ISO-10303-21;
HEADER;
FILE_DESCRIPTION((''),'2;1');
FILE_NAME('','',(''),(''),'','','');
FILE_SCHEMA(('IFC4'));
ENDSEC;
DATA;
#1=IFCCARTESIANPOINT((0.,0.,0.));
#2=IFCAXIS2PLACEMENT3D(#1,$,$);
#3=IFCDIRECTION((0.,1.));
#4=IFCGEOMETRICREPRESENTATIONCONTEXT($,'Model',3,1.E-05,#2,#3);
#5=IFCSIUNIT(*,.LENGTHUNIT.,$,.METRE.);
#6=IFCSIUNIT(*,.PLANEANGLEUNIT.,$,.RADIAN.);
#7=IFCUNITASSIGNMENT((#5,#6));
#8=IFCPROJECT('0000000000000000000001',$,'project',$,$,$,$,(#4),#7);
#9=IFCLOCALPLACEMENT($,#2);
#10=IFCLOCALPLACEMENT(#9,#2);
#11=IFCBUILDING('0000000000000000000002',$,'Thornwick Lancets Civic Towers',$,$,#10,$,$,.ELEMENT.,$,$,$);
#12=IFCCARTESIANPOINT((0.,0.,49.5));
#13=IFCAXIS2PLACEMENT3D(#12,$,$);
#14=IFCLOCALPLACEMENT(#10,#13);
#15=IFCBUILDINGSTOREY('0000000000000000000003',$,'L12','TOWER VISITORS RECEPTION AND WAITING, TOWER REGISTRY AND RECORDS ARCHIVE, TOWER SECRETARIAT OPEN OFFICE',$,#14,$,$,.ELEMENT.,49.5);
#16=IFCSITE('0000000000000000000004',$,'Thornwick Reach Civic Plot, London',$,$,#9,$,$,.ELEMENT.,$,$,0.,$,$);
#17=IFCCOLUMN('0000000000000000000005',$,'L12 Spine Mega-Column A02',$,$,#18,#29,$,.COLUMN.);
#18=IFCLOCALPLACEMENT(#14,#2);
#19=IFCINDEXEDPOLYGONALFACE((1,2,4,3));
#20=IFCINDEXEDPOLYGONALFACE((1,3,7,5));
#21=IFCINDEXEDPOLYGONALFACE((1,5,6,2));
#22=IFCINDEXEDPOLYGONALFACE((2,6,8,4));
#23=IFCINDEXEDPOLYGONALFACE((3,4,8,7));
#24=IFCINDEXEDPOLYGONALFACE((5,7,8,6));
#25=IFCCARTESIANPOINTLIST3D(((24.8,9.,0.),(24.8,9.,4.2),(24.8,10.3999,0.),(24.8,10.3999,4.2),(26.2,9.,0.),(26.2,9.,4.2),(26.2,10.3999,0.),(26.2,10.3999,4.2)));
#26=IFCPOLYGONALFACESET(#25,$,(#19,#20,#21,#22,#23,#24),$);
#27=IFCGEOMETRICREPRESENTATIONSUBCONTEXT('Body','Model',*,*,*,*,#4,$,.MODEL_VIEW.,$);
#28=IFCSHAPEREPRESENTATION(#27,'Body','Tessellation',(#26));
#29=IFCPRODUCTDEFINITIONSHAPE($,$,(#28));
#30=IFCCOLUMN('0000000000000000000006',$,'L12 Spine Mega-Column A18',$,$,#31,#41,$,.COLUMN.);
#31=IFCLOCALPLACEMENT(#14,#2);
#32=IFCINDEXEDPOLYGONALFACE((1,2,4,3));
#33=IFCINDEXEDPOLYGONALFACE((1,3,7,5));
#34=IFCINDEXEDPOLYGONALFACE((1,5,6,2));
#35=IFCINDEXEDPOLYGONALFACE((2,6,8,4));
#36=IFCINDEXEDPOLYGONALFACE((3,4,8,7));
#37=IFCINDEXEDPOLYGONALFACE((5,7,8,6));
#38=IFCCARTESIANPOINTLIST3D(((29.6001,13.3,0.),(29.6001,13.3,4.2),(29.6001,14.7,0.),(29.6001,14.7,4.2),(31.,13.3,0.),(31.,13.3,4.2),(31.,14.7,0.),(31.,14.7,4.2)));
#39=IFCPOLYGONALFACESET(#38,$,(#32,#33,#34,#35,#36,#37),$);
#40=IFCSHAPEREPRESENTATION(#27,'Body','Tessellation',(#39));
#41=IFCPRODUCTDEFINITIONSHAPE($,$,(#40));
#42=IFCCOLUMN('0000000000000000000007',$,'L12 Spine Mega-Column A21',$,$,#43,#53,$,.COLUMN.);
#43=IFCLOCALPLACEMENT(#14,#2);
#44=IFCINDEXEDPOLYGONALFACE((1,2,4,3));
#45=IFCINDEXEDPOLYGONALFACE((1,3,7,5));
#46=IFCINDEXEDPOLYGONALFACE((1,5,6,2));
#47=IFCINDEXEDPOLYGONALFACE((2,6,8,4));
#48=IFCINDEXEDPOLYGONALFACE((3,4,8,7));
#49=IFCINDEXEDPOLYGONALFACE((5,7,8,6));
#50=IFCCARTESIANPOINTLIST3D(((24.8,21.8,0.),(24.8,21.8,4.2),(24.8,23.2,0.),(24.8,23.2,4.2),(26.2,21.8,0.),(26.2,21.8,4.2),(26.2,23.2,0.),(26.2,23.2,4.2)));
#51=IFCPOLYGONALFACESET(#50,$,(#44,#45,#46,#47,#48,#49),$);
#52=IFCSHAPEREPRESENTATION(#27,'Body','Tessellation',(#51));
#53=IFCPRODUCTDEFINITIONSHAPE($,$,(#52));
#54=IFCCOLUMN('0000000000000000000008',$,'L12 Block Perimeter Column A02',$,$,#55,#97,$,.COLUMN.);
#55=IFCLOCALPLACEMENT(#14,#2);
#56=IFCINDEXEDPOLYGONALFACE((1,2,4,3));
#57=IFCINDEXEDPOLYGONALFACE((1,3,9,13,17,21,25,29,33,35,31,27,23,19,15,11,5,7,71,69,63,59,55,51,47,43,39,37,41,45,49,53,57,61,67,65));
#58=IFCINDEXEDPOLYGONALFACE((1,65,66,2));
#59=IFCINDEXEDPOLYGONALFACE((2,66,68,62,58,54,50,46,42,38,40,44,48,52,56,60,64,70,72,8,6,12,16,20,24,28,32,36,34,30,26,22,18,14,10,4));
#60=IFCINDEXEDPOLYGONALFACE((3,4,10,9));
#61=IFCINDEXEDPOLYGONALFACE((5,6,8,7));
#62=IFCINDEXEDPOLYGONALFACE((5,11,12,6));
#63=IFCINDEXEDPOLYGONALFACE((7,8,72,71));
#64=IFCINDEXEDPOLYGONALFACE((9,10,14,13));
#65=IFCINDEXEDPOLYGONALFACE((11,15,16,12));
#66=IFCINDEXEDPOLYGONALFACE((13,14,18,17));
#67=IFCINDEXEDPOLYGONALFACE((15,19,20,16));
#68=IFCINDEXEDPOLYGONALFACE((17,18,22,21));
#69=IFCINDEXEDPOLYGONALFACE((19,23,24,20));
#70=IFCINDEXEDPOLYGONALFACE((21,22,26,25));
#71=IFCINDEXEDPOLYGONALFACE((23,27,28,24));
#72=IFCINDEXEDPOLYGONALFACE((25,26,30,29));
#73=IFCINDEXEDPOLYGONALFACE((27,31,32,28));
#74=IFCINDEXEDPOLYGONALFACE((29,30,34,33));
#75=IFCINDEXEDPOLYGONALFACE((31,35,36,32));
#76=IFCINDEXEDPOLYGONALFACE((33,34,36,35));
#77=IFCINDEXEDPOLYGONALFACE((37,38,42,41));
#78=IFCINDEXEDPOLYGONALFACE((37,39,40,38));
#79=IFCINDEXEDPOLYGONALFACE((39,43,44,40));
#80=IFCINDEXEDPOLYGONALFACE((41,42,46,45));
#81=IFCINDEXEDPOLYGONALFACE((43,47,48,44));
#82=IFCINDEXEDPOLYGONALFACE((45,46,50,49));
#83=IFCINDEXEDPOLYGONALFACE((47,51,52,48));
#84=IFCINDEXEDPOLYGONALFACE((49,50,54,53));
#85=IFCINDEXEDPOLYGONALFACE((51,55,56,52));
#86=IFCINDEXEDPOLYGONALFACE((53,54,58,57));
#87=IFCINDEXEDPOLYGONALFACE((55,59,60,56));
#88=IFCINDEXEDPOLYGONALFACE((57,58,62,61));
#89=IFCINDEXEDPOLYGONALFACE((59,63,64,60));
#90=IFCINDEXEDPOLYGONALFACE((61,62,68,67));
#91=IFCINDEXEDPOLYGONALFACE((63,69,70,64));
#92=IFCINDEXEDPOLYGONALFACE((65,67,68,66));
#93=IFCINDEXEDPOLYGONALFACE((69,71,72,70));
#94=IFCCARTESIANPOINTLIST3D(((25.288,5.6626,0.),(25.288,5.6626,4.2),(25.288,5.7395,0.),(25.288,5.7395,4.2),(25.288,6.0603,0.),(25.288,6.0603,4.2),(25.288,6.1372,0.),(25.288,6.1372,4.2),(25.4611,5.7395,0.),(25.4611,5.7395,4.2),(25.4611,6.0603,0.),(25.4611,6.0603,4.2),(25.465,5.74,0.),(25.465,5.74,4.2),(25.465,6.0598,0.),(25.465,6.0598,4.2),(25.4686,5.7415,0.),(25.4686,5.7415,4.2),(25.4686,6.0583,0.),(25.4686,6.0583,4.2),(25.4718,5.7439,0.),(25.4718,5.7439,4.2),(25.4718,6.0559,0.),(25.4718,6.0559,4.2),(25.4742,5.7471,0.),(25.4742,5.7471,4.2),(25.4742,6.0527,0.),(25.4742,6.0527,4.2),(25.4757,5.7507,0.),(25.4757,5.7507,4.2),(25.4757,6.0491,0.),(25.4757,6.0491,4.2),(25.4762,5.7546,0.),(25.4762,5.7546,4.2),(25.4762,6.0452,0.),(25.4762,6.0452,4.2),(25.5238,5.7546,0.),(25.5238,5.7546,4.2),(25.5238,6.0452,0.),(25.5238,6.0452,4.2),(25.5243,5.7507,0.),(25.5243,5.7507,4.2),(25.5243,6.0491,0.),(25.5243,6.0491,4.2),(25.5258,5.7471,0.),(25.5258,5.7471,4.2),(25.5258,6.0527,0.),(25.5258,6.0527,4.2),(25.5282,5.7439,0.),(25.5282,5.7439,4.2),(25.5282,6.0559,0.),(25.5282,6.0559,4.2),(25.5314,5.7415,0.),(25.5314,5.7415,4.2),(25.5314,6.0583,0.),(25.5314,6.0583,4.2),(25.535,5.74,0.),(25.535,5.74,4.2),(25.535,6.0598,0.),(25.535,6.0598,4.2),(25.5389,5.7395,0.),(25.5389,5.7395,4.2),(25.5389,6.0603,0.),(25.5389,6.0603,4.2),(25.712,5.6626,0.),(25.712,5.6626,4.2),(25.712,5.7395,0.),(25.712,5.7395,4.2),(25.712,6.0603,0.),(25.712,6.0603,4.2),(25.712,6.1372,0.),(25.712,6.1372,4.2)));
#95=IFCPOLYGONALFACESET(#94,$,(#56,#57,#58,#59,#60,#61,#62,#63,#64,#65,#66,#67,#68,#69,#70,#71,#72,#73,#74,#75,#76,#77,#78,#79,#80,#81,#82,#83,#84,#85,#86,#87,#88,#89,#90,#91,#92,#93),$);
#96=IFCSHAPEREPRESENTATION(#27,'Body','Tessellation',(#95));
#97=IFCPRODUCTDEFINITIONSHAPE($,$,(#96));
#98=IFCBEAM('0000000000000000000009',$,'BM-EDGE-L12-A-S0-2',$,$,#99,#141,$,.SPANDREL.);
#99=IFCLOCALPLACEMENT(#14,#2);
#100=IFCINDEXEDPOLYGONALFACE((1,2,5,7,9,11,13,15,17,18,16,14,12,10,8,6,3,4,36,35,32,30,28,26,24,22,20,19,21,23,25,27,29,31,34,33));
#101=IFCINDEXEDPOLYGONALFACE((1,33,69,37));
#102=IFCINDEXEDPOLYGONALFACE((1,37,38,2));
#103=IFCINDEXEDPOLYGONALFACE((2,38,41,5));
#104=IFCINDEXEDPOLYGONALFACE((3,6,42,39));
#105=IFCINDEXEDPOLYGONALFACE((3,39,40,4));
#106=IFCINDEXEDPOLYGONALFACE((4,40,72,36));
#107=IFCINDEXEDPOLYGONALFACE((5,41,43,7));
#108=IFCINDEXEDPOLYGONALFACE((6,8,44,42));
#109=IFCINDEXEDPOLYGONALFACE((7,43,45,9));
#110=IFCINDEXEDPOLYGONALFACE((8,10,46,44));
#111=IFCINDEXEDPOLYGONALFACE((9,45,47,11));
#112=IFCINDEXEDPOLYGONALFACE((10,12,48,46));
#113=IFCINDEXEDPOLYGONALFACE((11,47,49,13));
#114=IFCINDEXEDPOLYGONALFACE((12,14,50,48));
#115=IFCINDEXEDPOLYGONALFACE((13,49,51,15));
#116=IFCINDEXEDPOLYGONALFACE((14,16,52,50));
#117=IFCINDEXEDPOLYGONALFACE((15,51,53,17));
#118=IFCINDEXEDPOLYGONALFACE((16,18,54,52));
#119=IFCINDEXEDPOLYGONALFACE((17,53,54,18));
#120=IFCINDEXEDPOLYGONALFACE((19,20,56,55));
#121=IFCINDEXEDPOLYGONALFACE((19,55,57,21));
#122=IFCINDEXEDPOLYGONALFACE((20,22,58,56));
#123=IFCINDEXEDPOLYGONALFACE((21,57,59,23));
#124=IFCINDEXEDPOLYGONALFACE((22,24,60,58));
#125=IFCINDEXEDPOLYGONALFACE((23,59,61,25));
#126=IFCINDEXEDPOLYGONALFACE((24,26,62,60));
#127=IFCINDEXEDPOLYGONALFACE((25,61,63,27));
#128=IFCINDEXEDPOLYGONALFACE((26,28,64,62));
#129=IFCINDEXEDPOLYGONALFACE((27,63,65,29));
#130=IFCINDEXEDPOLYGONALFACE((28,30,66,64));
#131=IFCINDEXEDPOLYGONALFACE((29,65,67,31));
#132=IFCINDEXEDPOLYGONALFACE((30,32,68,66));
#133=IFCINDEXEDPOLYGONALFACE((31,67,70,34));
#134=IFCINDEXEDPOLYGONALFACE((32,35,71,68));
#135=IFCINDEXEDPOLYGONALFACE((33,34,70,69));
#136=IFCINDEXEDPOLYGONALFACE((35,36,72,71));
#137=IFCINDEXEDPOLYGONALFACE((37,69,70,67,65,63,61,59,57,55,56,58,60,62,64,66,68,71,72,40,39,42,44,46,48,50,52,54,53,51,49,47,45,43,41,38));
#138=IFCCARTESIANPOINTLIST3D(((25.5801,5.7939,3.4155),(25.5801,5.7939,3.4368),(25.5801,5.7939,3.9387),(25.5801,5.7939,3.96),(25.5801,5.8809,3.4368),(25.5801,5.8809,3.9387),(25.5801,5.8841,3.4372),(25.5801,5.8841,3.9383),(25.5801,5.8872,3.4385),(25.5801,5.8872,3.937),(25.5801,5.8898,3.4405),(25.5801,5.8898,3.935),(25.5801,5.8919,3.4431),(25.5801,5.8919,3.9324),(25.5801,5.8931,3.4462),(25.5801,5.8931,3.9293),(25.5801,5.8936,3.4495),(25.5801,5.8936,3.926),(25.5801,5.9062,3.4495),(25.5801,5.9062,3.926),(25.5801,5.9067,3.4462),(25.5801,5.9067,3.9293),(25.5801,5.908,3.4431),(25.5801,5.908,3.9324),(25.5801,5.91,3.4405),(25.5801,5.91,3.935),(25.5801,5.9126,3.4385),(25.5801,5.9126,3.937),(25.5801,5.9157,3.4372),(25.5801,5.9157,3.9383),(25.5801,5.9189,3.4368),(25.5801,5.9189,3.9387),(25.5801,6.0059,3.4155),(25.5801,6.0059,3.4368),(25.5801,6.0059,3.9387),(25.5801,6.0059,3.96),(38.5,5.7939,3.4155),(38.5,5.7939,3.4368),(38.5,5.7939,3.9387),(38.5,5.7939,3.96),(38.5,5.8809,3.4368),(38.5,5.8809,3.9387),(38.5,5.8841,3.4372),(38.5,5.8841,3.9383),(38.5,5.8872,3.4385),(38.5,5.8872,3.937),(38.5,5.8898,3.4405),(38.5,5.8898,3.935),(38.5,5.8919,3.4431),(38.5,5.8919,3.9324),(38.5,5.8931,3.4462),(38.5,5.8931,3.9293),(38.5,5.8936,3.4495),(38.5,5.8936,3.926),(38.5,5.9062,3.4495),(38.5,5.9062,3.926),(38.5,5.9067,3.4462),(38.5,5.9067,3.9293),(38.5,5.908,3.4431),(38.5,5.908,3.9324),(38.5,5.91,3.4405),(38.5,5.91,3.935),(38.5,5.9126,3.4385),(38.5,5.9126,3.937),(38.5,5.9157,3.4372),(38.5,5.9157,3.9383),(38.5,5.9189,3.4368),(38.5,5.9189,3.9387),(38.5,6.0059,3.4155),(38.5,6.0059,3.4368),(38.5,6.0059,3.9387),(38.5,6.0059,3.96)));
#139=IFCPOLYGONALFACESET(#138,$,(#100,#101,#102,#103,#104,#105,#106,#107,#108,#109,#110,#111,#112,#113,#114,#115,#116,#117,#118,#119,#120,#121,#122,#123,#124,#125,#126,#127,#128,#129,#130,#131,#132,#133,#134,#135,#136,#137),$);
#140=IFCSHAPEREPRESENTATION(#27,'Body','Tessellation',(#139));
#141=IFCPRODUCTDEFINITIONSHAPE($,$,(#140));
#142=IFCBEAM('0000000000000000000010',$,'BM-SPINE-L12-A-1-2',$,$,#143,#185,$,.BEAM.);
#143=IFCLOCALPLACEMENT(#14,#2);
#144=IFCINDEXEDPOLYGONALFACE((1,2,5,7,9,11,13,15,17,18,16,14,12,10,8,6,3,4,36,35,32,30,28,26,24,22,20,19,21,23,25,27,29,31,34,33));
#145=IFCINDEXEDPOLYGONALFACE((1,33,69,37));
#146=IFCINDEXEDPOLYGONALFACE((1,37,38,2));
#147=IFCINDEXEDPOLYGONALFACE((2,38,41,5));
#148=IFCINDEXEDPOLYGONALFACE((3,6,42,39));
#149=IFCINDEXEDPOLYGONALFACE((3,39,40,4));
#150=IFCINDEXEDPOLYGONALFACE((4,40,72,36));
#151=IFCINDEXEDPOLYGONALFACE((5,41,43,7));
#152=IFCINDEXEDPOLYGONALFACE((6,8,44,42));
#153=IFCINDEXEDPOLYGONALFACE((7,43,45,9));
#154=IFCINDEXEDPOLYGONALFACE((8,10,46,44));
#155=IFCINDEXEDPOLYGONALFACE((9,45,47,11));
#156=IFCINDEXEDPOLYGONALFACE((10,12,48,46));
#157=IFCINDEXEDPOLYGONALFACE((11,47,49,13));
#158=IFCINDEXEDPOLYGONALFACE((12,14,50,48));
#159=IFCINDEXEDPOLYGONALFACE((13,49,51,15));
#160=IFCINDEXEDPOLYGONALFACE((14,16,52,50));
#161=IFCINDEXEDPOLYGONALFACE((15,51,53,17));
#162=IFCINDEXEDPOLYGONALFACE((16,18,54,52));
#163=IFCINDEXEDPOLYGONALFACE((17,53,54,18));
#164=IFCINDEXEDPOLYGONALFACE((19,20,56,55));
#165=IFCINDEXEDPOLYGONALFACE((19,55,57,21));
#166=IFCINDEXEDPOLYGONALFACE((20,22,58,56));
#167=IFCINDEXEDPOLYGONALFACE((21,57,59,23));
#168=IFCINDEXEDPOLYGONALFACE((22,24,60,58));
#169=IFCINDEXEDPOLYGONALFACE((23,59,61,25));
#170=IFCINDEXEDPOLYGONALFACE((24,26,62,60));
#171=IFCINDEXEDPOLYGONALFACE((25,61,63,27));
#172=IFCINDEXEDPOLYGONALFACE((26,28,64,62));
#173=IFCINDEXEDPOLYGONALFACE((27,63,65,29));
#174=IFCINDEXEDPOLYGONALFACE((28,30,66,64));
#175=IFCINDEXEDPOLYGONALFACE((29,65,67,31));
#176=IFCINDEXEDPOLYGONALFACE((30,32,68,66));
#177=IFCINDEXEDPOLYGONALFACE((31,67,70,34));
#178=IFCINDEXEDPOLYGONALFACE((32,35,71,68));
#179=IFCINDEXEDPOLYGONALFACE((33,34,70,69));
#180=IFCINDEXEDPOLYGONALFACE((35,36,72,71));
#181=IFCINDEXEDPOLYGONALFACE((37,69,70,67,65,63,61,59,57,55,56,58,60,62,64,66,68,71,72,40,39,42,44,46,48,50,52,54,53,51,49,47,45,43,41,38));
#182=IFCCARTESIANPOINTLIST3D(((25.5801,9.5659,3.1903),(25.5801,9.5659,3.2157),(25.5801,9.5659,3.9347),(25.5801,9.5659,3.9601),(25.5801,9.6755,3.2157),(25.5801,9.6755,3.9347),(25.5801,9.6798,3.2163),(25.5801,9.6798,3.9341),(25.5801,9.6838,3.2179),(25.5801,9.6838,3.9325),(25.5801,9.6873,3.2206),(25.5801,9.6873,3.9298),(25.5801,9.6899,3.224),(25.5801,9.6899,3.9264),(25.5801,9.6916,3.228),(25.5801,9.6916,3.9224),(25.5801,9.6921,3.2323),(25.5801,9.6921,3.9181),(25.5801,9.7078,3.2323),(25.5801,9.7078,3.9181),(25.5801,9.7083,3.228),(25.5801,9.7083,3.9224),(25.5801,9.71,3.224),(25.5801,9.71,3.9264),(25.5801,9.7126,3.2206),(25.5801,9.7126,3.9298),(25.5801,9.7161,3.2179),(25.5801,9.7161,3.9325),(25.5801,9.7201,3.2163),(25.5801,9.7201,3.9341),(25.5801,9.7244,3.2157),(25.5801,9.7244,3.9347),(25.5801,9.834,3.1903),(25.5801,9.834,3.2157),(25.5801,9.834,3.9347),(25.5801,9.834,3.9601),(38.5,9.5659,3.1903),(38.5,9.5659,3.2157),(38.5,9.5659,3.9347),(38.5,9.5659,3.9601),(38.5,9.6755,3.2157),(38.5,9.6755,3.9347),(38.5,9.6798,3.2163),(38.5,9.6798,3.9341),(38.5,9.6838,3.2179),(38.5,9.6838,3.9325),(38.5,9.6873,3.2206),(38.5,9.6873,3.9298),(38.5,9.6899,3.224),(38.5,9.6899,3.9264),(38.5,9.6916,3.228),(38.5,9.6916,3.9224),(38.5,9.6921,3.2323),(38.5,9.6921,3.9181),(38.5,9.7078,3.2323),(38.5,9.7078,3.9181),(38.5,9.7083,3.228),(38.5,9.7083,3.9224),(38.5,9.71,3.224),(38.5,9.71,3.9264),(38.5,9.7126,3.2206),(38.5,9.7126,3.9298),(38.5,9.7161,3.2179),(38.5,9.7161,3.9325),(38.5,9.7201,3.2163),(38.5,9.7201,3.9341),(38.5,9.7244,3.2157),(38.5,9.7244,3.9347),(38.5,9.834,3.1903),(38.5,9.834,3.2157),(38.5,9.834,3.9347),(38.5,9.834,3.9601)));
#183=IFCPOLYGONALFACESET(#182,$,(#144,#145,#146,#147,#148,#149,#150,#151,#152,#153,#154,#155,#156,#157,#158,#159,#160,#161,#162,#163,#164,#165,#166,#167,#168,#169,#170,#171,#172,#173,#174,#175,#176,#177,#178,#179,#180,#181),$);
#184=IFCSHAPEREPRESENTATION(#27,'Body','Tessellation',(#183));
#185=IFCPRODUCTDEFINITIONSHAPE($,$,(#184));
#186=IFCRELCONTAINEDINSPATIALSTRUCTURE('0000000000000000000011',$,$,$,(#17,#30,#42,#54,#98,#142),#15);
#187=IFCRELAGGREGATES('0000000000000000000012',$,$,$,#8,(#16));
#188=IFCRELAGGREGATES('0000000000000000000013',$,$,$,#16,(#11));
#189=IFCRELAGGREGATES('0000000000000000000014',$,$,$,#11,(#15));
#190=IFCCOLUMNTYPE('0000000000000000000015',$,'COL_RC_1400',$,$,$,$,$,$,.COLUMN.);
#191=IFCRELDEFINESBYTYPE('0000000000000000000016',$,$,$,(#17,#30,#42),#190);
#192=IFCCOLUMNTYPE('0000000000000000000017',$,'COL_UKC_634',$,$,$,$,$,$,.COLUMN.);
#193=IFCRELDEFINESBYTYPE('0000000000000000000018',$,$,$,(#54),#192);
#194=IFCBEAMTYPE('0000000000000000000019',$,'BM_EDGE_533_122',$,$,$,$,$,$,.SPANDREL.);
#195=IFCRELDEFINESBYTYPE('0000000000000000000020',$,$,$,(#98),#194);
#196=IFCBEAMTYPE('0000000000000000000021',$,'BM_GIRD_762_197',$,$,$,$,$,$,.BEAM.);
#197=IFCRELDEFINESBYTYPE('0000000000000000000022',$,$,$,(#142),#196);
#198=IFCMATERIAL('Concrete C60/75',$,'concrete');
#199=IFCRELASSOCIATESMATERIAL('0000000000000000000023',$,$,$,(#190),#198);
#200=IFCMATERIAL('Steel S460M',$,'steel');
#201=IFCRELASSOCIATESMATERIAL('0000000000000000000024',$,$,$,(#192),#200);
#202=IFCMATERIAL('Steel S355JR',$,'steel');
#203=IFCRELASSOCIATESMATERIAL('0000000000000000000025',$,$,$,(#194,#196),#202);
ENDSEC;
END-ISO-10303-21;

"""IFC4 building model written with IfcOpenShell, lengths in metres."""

from ifc_helpers import new_model, si_unit, direction, frame, origin, origin_2d, place, context, subcontext, project, spatial, rectangle, i_section, extrude, material, material_profile, profile_set, type_object, element, save


model = new_model("IFC4")

# Units and contexts
model_context = context("Model", 3, precision=1e-05, world=origin(), true_north=direction((0.0, 1.0)))
body_context = subcontext(model_context, "Body", "Model", "MODEL_VIEW")
ifc_project = project(units=[si_unit("LENGTHUNIT", "METRE"), si_unit("PLANEANGLEUNIT", "RADIAN")], contexts=[model_context])

# Site, building, storey
site_placement = place(None, origin())
site = spatial("IfcSite", under=ifc_project, at=site_placement, Name="Thornwick Reach Civic Plot, London", CompositionType="ELEMENT", RefElevation=0.0)
building_placement = place(site_placement, origin())
building = spatial("IfcBuilding", under=site, at=building_placement, Name="Thornwick Lancets Civic Towers", CompositionType="ELEMENT")
storey_placement = place(building_placement, frame((0.0, 0.0, 49.5)))
storey = spatial("IfcBuildingStorey", under=building, at=storey_placement, Name="L12", Description="TOWER VISITORS RECEPTION AND WAITING, TOWER REGISTRY AND RECORDS ARCHIVE, TOWER SECRETARIAT OPEN OFFICE", CompositionType="ELEMENT", Elevation=49.5)

# Columns
ifc_material_1 = material(Name="Concrete C60/75", Category="concrete")
ifc_material_profile_1 = material_profile(ifc_material_1, rectangle(XDim=1.3999, YDim=1.3999, at=origin_2d()), Name="RC 1400x1400")
ifc_profile_set_1 = profile_set([ifc_material_profile_1], Name="Concrete C60/75")
column_type_1 = type_object("IfcColumnType", Name="COL_RC_1400", PredefinedType="COLUMN", material=ifc_profile_set_1)
for number, where, z_axis, x_axis, name in (
    (1, (25.5, 9.7, 0.0), (0.0, 0.0, 1.0), (1.0, 0.0, 0.0), "L12 Spine Mega-Column A02"),
    (2, (30.3, 14.0, 0.0), (0.0, 0.0, 1.0), (1.0, 0.0, 0.0), "L12 Spine Mega-Column A18"),
    (3, (25.5, 22.5, 0.0), (0.0, 0.0, 1.0), (1.0, 0.0, 0.0), "L12 Spine Mega-Column A21"),
):
    element("IfcColumn", number, at=place(storey_placement, frame(where, z_axis=z_axis, x_axis=x_axis)), inside=storey, type_object=column_type_1, Name=name, PredefinedType="COLUMN", context=body_context, shape_type="SweptSolid", body=[
        extrude(rectangle(XDim=1.3999, YDim=1.3999, at=origin_2d()), origin(), (0.0, 0.0, 1.0), 4.2),
    ])
ifc_material_2 = material(Name="Steel S460M", Category="steel")
ifc_material_profile_2 = material_profile(ifc_material_2, i_section(OverallWidth=0.4241, OverallDepth=0.4746, WebThickness=0.0476, FlangeThickness=0.0769, FilletRadius=0.0151, at=origin_2d()), Name="UKC 356x406x634")
ifc_profile_set_2 = profile_set([ifc_material_profile_2], Name="Steel S460M")
column_type_2 = type_object("IfcColumnType", Name="COL_UKC_634", PredefinedType="COLUMN", material=ifc_profile_set_2)
column_placement = place(storey_placement, frame((25.5, 5.8999, 0.0), z_axis=(0.0, 0.0, 1.0), x_axis=(1.0, 0.0, 0.0)))
element("IfcColumn", 4, at=column_placement, inside=storey, type_object=column_type_2, Name="L12 Block Perimeter Column A02", PredefinedType="COLUMN", context=body_context, shape_type="SweptSolid", body=[
    extrude(i_section(OverallWidth=0.4241, OverallDepth=0.4746, WebThickness=0.0476, FlangeThickness=0.0769, FilletRadius=0.0151, at=origin_2d()), origin(), (0.0, 0.0, 1.0), 4.2),
])

# Beams
ifc_material_3 = material(Name="Steel S355JR", Category="steel")
ifc_material_profile_3 = material_profile(ifc_material_3, i_section(OverallWidth=0.2119, OverallDepth=0.5444, WebThickness=0.0127, FlangeThickness=0.0212, FilletRadius=0.0127, at=origin_2d()), Name="UKB 533x210x122")
ifc_profile_set_3 = profile_set([ifc_material_profile_3], Name="Steel S355JR")
beam_type_1 = type_object("IfcBeamType", Name="BM_EDGE_533_122", PredefinedType="SPANDREL", material=ifc_profile_set_3)
beam_1_placement = place(storey_placement, frame((25.5801, 5.8999, 3.6877), z_axis=(1.0, 0.0, 0.0), x_axis=(0.0, 1.0, 0.0)))
element("IfcBeam", 5, at=beam_1_placement, inside=storey, type_object=beam_type_1, Name="BM-EDGE-L12-A-S0-2", PredefinedType="SPANDREL", context=body_context, shape_type="SweptSolid", body=[
    extrude(i_section(OverallWidth=0.2119, OverallDepth=0.5444, WebThickness=0.0127, FlangeThickness=0.0212, FilletRadius=0.0127, at=origin_2d()), origin(), (0.0, 0.0, 1.0), 12.9199),
])
ifc_material_profile_4 = material_profile(ifc_material_3, i_section(OverallWidth=0.2681, OverallDepth=0.7698, WebThickness=0.0156, FlangeThickness=0.0254, FilletRadius=0.0166, at=origin_2d()), Name="UKB 762x267x197")
ifc_profile_set_4 = profile_set([ifc_material_profile_4], Name="Steel S355JR")
beam_type_2 = type_object("IfcBeamType", Name="BM_GIRD_762_197", PredefinedType="BEAM", material=ifc_profile_set_4)
beam_2_placement = place(storey_placement, frame((25.5801, 9.7, 3.5752), z_axis=(1.0, 0.0, 0.0), x_axis=(0.0, 1.0, 0.0)))
element("IfcBeam", 6, at=beam_2_placement, inside=storey, type_object=beam_type_2, Name="BM-SPINE-L12-A-1-2", PredefinedType="BEAM", context=body_context, shape_type="SweptSolid", body=[
    extrude(i_section(OverallWidth=0.2681, OverallDepth=0.7698, WebThickness=0.0156, FlangeThickness=0.0254, FilletRadius=0.0166, at=origin_2d()), origin(), (0.0, 0.0, 1.0), 12.9199),
])

save(model, "model.ifc")
